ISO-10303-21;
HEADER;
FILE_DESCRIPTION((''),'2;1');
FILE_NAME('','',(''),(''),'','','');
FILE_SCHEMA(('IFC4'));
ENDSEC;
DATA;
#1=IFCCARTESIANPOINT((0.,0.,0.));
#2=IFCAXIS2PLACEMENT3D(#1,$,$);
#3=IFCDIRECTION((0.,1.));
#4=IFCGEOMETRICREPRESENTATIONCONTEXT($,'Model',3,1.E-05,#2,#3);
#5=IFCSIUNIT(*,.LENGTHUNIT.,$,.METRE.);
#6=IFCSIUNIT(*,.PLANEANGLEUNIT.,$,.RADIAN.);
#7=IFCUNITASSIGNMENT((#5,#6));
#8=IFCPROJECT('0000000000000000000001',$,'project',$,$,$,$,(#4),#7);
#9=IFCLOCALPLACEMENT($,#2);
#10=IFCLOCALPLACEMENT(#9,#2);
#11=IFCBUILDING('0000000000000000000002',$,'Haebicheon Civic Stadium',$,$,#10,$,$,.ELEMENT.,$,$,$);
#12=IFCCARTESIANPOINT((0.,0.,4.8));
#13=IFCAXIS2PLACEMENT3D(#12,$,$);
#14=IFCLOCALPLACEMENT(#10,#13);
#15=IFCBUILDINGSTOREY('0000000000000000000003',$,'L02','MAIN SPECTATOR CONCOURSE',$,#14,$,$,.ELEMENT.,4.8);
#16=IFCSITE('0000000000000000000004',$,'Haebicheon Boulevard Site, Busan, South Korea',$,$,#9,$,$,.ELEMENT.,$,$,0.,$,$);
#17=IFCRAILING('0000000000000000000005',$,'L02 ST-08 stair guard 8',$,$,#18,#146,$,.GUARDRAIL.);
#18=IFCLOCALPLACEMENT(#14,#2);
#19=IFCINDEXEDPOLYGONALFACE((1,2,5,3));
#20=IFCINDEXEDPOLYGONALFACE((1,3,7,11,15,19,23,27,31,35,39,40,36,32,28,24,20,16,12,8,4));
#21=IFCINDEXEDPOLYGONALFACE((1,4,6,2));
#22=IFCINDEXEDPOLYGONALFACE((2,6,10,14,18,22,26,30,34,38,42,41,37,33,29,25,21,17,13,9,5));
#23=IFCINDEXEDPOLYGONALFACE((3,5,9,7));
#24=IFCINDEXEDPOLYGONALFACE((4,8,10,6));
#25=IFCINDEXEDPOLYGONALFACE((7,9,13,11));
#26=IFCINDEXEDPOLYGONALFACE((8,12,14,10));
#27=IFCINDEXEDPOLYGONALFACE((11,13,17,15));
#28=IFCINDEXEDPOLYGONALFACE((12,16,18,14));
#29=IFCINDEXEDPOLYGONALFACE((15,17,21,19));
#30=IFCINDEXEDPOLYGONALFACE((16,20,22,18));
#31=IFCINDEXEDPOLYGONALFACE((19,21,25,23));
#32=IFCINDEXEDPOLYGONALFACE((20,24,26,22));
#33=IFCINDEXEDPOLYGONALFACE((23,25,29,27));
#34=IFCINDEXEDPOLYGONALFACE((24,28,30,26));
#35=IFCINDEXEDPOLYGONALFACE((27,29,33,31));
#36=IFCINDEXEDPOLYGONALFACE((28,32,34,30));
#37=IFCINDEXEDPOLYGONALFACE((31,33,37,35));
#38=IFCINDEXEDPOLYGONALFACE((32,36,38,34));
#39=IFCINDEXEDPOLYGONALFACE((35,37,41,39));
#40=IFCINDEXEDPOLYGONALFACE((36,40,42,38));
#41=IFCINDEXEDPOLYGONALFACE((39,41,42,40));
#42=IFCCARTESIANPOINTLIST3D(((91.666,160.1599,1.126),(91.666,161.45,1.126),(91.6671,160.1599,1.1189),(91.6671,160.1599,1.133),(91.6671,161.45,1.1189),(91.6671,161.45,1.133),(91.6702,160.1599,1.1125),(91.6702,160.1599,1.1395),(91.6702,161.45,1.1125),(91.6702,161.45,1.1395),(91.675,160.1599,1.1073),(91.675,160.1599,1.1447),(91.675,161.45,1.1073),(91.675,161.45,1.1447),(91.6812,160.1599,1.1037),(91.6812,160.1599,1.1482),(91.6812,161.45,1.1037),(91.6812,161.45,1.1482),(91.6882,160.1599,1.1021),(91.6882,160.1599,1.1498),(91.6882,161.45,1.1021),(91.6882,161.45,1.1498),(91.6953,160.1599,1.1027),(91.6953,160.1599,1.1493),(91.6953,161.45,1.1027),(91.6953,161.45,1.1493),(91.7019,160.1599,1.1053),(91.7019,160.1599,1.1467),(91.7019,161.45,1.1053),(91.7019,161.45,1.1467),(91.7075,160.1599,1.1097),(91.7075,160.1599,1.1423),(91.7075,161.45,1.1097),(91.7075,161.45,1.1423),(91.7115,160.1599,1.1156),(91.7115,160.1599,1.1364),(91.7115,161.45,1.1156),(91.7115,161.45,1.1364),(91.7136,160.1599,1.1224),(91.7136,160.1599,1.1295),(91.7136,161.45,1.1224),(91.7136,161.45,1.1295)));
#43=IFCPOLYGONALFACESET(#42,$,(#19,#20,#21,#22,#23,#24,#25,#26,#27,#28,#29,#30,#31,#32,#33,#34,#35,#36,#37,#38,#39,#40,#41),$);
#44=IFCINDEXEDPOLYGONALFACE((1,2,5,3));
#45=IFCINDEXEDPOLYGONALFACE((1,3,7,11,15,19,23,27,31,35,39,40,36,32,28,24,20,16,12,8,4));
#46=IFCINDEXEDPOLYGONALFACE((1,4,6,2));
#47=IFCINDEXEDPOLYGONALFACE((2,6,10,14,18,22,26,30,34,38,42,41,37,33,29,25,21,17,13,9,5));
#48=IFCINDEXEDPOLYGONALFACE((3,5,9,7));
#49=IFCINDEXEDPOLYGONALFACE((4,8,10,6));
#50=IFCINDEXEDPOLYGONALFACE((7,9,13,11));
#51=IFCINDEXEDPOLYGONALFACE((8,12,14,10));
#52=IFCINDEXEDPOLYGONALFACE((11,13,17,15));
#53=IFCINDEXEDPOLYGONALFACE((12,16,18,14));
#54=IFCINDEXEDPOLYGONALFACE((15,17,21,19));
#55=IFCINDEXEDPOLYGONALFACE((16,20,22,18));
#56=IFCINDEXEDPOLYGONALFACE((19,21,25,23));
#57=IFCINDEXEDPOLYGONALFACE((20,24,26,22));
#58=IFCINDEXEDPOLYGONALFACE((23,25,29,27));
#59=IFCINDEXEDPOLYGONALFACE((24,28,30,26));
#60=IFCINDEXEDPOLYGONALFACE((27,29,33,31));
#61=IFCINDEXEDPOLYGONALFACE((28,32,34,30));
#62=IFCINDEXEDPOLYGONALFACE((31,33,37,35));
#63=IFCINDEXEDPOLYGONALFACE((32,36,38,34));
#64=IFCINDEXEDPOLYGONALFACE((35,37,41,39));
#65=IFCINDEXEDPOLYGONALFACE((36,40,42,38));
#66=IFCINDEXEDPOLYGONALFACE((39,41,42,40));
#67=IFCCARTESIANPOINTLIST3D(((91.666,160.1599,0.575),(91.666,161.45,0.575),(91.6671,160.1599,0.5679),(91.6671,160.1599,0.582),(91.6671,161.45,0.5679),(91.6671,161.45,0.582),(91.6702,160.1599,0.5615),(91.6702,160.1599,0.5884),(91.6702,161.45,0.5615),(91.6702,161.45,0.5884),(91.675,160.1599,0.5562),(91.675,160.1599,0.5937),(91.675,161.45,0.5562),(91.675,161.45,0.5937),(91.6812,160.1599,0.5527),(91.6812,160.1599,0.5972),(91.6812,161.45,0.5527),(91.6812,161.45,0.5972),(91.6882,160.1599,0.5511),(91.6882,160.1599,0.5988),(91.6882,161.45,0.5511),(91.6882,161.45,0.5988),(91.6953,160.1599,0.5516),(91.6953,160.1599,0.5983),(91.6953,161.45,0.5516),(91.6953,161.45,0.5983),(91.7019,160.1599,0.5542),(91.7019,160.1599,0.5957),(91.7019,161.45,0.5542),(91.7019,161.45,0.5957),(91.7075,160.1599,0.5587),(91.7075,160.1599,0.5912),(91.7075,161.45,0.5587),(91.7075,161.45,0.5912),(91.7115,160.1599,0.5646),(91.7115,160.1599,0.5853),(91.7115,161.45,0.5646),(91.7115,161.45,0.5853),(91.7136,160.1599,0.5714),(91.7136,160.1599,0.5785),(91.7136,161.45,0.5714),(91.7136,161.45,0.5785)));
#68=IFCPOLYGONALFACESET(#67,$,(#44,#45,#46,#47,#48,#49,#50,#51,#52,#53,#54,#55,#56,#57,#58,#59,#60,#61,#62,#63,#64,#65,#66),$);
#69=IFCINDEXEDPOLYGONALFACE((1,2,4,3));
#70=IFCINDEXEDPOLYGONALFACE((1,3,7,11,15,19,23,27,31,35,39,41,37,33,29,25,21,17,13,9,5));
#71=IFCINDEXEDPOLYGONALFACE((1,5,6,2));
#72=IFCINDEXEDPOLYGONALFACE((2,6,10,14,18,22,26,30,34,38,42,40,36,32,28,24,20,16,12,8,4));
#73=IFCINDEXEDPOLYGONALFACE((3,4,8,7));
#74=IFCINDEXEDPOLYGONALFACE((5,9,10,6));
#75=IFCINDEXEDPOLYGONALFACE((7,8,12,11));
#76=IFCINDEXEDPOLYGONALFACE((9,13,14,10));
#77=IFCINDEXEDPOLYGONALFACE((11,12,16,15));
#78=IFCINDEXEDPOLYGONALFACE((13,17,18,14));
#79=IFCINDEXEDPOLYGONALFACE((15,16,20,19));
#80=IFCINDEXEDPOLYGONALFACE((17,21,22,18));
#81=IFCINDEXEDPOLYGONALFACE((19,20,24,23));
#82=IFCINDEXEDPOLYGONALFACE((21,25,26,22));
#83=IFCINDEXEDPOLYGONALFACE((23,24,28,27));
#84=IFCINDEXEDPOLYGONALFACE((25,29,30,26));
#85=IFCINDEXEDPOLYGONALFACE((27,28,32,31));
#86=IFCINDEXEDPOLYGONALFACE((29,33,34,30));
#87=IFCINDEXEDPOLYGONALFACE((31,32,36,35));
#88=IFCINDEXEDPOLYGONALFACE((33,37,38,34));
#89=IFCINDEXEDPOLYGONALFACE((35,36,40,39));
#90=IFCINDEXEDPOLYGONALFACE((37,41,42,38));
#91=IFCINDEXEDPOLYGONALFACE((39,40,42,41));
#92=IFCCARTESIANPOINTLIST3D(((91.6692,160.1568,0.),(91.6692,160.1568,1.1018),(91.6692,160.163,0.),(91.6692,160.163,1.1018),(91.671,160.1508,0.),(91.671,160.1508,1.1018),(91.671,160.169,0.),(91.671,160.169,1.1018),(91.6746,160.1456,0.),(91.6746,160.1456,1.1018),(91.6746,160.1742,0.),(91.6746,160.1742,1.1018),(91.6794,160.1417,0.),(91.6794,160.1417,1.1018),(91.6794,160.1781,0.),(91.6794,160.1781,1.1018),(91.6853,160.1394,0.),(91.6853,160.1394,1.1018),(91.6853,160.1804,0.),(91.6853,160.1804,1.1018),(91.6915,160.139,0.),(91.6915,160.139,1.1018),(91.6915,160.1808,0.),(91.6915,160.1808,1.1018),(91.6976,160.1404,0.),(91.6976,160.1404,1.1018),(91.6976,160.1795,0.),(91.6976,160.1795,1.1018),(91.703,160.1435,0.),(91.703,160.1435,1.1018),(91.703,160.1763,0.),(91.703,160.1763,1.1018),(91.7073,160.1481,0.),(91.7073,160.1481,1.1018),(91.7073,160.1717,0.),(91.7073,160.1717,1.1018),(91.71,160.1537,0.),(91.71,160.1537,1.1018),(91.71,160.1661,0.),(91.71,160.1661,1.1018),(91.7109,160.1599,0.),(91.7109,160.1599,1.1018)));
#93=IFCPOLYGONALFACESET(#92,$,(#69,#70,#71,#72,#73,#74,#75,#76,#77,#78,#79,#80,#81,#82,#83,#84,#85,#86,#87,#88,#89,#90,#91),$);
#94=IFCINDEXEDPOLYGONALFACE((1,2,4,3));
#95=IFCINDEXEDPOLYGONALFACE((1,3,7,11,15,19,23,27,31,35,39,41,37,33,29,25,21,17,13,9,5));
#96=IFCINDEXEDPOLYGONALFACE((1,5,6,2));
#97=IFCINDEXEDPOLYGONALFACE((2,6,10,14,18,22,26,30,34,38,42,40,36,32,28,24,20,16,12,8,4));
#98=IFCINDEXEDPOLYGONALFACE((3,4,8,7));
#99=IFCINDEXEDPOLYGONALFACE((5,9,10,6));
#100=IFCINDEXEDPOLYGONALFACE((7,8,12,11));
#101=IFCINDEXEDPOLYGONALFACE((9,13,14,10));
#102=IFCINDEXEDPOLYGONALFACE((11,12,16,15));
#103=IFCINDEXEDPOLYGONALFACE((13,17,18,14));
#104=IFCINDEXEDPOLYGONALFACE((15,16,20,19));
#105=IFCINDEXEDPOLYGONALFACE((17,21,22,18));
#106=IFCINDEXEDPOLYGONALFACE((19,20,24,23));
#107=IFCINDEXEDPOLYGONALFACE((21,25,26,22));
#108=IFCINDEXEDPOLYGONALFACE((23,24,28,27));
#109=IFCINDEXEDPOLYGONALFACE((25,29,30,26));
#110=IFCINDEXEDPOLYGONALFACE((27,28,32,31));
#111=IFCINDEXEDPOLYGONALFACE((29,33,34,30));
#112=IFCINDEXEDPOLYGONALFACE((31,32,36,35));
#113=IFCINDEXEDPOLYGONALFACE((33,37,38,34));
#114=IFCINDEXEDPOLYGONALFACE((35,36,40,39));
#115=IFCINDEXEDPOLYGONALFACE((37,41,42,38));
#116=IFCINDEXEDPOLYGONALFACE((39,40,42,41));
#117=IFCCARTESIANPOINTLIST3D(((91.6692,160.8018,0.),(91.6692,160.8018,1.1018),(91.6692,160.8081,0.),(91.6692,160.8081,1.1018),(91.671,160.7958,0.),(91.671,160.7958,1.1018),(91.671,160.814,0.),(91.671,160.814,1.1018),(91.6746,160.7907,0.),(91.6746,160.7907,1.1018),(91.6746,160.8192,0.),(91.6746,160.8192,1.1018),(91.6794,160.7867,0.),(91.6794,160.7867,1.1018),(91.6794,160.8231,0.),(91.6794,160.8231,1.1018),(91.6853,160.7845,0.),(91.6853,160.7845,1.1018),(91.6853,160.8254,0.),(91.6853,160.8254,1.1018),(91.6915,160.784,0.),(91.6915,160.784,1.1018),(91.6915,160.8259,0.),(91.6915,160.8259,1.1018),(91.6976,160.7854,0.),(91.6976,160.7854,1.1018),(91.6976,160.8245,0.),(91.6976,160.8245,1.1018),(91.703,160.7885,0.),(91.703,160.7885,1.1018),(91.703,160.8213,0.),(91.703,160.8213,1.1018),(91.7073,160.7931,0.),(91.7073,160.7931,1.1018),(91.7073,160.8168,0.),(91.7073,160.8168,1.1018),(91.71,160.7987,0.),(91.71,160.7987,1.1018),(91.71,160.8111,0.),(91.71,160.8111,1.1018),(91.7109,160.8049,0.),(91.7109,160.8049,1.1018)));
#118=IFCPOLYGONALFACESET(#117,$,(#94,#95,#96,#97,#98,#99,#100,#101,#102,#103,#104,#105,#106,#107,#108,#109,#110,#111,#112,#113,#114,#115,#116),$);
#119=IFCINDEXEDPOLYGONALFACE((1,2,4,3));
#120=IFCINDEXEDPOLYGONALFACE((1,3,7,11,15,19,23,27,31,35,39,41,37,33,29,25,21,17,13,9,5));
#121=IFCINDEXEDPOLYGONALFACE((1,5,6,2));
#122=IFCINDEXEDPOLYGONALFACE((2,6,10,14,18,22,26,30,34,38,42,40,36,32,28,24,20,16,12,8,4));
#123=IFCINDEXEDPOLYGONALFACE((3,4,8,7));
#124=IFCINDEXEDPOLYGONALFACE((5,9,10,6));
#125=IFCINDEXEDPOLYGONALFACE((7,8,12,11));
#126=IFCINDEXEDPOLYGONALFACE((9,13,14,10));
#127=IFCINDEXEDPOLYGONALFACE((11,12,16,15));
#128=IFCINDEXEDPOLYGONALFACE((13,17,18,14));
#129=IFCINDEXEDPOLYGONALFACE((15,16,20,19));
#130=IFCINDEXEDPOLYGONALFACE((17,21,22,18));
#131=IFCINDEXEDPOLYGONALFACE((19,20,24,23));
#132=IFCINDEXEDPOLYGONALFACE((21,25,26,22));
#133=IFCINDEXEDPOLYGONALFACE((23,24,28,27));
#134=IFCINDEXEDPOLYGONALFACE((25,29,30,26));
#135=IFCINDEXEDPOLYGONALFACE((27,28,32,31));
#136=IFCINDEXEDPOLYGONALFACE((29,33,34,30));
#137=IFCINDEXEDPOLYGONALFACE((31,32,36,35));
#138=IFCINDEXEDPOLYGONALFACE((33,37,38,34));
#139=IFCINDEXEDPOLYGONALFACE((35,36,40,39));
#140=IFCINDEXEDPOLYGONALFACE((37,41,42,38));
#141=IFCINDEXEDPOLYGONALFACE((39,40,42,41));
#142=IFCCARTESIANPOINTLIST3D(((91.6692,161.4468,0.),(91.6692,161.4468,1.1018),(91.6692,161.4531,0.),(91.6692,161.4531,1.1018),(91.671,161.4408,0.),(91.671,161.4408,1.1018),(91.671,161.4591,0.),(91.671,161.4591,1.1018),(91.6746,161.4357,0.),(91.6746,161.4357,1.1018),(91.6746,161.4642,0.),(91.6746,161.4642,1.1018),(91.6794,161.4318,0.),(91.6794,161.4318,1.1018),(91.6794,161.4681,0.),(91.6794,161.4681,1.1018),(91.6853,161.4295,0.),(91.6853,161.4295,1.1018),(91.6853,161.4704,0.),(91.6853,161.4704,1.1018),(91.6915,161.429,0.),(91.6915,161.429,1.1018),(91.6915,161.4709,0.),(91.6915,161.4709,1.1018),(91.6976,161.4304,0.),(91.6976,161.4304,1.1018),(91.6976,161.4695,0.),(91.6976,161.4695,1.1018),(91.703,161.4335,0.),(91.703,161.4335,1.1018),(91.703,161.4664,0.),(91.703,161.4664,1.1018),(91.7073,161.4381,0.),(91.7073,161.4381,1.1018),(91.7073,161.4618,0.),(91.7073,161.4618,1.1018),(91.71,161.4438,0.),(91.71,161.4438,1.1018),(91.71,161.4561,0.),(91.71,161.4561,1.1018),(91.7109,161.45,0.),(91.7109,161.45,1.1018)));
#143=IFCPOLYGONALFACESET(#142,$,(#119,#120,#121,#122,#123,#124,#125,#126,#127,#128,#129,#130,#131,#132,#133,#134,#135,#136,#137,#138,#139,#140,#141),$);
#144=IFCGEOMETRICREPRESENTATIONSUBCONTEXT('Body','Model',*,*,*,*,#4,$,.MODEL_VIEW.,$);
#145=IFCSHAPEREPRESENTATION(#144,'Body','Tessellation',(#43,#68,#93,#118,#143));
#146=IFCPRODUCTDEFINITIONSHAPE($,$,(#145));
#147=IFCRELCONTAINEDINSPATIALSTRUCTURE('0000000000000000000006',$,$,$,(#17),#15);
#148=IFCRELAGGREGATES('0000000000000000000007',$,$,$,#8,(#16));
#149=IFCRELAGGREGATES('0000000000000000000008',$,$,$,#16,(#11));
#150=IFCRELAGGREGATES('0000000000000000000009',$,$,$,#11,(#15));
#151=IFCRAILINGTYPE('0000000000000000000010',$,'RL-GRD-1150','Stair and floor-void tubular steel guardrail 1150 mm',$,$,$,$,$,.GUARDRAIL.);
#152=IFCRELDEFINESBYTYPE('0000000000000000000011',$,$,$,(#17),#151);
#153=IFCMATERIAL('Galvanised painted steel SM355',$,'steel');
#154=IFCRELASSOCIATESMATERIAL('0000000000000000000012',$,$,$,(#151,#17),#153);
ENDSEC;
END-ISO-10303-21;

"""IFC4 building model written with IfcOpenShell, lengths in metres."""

from ifc_helpers import new_model, si_unit, direction, frame, origin, origin_2d, place, context, subcontext, project, spatial, circle, extrude, material, type_object, element, save


model = new_model("IFC4")

# Units and contexts
model_context = context("Model", 3, precision=1e-05, world=origin(), true_north=direction((0.0, 1.0)))
body_context = subcontext(model_context, "Body", "Model", "MODEL_VIEW")
ifc_project = project(units=[si_unit("LENGTHUNIT", "METRE"), si_unit("PLANEANGLEUNIT", "RADIAN")], contexts=[model_context])

# Site, building, storey
site_placement = place(None, origin())
site = spatial("IfcSite", under=ifc_project, at=site_placement, Name="Haebicheon Boulevard Site, Busan, South Korea", CompositionType="ELEMENT", RefElevation=0.0)
building_placement = place(site_placement, origin())
building = spatial("IfcBuilding", under=site, at=building_placement, Name="Haebicheon Civic Stadium", CompositionType="ELEMENT")
storey_placement = place(building_placement, frame((0.0, 0.0, 4.8)))
storey = spatial("IfcBuildingStorey", under=building, at=storey_placement, Name="L02", Description="MAIN SPECTATOR CONCOURSE", CompositionType="ELEMENT", Elevation=4.8)

# Railing
ifc_material_1 = material(Name="Galvanised painted steel SM355", Category="steel")
railing_type_1 = type_object("IfcRailingType", Name="RL-GRD-1150", Description="Stair and floor-void tubular steel guardrail 1150 mm", PredefinedType="GUARDRAIL", material=ifc_material_1)
for number, where, name in (
    (1, (91.6899, 160.1599, 0.0), "L02 ST-08 stair guard 8"),
):
    element("IfcRailing", number, at=place(storey_placement, frame(where)), inside=storey, type_object=railing_type_1, material=ifc_material_1, Name=name, PredefinedType="GUARDRAIL", context=body_context, shape_type="SweptSolid", body=[
        extrude(circle(Radius=0.0239, at=origin_2d()), frame((0.0, 0.0, 1.126), z_axis=(0.0, 1.0, 0.0), x_axis=(-1.0, 0.0, 0.0)), (0.0, 0.0, 1.0), 1.29),
        extrude(circle(Radius=0.0239, at=origin_2d()), frame((0.0, 0.0, 0.575), z_axis=(0.0, 1.0, 0.0), x_axis=(-1.0, 0.0, 0.0)), (0.0, 0.0, 1.0), 1.29),
        extrude(circle(Radius=0.021, at=origin_2d()), origin(), (0.0, 0.0, 1.0), 1.1018),
        extrude(circle(Radius=0.021, at=origin_2d()), frame((0.0, 0.645, 0.0)), (0.0, 0.0, 1.0), 1.1018),
        extrude(circle(Radius=0.021, at=origin_2d()), frame((0.0, 1.29, 0.0)), (0.0, 0.0, 1.0), 1.1018),
    ])

save(model, "model.ifc")
